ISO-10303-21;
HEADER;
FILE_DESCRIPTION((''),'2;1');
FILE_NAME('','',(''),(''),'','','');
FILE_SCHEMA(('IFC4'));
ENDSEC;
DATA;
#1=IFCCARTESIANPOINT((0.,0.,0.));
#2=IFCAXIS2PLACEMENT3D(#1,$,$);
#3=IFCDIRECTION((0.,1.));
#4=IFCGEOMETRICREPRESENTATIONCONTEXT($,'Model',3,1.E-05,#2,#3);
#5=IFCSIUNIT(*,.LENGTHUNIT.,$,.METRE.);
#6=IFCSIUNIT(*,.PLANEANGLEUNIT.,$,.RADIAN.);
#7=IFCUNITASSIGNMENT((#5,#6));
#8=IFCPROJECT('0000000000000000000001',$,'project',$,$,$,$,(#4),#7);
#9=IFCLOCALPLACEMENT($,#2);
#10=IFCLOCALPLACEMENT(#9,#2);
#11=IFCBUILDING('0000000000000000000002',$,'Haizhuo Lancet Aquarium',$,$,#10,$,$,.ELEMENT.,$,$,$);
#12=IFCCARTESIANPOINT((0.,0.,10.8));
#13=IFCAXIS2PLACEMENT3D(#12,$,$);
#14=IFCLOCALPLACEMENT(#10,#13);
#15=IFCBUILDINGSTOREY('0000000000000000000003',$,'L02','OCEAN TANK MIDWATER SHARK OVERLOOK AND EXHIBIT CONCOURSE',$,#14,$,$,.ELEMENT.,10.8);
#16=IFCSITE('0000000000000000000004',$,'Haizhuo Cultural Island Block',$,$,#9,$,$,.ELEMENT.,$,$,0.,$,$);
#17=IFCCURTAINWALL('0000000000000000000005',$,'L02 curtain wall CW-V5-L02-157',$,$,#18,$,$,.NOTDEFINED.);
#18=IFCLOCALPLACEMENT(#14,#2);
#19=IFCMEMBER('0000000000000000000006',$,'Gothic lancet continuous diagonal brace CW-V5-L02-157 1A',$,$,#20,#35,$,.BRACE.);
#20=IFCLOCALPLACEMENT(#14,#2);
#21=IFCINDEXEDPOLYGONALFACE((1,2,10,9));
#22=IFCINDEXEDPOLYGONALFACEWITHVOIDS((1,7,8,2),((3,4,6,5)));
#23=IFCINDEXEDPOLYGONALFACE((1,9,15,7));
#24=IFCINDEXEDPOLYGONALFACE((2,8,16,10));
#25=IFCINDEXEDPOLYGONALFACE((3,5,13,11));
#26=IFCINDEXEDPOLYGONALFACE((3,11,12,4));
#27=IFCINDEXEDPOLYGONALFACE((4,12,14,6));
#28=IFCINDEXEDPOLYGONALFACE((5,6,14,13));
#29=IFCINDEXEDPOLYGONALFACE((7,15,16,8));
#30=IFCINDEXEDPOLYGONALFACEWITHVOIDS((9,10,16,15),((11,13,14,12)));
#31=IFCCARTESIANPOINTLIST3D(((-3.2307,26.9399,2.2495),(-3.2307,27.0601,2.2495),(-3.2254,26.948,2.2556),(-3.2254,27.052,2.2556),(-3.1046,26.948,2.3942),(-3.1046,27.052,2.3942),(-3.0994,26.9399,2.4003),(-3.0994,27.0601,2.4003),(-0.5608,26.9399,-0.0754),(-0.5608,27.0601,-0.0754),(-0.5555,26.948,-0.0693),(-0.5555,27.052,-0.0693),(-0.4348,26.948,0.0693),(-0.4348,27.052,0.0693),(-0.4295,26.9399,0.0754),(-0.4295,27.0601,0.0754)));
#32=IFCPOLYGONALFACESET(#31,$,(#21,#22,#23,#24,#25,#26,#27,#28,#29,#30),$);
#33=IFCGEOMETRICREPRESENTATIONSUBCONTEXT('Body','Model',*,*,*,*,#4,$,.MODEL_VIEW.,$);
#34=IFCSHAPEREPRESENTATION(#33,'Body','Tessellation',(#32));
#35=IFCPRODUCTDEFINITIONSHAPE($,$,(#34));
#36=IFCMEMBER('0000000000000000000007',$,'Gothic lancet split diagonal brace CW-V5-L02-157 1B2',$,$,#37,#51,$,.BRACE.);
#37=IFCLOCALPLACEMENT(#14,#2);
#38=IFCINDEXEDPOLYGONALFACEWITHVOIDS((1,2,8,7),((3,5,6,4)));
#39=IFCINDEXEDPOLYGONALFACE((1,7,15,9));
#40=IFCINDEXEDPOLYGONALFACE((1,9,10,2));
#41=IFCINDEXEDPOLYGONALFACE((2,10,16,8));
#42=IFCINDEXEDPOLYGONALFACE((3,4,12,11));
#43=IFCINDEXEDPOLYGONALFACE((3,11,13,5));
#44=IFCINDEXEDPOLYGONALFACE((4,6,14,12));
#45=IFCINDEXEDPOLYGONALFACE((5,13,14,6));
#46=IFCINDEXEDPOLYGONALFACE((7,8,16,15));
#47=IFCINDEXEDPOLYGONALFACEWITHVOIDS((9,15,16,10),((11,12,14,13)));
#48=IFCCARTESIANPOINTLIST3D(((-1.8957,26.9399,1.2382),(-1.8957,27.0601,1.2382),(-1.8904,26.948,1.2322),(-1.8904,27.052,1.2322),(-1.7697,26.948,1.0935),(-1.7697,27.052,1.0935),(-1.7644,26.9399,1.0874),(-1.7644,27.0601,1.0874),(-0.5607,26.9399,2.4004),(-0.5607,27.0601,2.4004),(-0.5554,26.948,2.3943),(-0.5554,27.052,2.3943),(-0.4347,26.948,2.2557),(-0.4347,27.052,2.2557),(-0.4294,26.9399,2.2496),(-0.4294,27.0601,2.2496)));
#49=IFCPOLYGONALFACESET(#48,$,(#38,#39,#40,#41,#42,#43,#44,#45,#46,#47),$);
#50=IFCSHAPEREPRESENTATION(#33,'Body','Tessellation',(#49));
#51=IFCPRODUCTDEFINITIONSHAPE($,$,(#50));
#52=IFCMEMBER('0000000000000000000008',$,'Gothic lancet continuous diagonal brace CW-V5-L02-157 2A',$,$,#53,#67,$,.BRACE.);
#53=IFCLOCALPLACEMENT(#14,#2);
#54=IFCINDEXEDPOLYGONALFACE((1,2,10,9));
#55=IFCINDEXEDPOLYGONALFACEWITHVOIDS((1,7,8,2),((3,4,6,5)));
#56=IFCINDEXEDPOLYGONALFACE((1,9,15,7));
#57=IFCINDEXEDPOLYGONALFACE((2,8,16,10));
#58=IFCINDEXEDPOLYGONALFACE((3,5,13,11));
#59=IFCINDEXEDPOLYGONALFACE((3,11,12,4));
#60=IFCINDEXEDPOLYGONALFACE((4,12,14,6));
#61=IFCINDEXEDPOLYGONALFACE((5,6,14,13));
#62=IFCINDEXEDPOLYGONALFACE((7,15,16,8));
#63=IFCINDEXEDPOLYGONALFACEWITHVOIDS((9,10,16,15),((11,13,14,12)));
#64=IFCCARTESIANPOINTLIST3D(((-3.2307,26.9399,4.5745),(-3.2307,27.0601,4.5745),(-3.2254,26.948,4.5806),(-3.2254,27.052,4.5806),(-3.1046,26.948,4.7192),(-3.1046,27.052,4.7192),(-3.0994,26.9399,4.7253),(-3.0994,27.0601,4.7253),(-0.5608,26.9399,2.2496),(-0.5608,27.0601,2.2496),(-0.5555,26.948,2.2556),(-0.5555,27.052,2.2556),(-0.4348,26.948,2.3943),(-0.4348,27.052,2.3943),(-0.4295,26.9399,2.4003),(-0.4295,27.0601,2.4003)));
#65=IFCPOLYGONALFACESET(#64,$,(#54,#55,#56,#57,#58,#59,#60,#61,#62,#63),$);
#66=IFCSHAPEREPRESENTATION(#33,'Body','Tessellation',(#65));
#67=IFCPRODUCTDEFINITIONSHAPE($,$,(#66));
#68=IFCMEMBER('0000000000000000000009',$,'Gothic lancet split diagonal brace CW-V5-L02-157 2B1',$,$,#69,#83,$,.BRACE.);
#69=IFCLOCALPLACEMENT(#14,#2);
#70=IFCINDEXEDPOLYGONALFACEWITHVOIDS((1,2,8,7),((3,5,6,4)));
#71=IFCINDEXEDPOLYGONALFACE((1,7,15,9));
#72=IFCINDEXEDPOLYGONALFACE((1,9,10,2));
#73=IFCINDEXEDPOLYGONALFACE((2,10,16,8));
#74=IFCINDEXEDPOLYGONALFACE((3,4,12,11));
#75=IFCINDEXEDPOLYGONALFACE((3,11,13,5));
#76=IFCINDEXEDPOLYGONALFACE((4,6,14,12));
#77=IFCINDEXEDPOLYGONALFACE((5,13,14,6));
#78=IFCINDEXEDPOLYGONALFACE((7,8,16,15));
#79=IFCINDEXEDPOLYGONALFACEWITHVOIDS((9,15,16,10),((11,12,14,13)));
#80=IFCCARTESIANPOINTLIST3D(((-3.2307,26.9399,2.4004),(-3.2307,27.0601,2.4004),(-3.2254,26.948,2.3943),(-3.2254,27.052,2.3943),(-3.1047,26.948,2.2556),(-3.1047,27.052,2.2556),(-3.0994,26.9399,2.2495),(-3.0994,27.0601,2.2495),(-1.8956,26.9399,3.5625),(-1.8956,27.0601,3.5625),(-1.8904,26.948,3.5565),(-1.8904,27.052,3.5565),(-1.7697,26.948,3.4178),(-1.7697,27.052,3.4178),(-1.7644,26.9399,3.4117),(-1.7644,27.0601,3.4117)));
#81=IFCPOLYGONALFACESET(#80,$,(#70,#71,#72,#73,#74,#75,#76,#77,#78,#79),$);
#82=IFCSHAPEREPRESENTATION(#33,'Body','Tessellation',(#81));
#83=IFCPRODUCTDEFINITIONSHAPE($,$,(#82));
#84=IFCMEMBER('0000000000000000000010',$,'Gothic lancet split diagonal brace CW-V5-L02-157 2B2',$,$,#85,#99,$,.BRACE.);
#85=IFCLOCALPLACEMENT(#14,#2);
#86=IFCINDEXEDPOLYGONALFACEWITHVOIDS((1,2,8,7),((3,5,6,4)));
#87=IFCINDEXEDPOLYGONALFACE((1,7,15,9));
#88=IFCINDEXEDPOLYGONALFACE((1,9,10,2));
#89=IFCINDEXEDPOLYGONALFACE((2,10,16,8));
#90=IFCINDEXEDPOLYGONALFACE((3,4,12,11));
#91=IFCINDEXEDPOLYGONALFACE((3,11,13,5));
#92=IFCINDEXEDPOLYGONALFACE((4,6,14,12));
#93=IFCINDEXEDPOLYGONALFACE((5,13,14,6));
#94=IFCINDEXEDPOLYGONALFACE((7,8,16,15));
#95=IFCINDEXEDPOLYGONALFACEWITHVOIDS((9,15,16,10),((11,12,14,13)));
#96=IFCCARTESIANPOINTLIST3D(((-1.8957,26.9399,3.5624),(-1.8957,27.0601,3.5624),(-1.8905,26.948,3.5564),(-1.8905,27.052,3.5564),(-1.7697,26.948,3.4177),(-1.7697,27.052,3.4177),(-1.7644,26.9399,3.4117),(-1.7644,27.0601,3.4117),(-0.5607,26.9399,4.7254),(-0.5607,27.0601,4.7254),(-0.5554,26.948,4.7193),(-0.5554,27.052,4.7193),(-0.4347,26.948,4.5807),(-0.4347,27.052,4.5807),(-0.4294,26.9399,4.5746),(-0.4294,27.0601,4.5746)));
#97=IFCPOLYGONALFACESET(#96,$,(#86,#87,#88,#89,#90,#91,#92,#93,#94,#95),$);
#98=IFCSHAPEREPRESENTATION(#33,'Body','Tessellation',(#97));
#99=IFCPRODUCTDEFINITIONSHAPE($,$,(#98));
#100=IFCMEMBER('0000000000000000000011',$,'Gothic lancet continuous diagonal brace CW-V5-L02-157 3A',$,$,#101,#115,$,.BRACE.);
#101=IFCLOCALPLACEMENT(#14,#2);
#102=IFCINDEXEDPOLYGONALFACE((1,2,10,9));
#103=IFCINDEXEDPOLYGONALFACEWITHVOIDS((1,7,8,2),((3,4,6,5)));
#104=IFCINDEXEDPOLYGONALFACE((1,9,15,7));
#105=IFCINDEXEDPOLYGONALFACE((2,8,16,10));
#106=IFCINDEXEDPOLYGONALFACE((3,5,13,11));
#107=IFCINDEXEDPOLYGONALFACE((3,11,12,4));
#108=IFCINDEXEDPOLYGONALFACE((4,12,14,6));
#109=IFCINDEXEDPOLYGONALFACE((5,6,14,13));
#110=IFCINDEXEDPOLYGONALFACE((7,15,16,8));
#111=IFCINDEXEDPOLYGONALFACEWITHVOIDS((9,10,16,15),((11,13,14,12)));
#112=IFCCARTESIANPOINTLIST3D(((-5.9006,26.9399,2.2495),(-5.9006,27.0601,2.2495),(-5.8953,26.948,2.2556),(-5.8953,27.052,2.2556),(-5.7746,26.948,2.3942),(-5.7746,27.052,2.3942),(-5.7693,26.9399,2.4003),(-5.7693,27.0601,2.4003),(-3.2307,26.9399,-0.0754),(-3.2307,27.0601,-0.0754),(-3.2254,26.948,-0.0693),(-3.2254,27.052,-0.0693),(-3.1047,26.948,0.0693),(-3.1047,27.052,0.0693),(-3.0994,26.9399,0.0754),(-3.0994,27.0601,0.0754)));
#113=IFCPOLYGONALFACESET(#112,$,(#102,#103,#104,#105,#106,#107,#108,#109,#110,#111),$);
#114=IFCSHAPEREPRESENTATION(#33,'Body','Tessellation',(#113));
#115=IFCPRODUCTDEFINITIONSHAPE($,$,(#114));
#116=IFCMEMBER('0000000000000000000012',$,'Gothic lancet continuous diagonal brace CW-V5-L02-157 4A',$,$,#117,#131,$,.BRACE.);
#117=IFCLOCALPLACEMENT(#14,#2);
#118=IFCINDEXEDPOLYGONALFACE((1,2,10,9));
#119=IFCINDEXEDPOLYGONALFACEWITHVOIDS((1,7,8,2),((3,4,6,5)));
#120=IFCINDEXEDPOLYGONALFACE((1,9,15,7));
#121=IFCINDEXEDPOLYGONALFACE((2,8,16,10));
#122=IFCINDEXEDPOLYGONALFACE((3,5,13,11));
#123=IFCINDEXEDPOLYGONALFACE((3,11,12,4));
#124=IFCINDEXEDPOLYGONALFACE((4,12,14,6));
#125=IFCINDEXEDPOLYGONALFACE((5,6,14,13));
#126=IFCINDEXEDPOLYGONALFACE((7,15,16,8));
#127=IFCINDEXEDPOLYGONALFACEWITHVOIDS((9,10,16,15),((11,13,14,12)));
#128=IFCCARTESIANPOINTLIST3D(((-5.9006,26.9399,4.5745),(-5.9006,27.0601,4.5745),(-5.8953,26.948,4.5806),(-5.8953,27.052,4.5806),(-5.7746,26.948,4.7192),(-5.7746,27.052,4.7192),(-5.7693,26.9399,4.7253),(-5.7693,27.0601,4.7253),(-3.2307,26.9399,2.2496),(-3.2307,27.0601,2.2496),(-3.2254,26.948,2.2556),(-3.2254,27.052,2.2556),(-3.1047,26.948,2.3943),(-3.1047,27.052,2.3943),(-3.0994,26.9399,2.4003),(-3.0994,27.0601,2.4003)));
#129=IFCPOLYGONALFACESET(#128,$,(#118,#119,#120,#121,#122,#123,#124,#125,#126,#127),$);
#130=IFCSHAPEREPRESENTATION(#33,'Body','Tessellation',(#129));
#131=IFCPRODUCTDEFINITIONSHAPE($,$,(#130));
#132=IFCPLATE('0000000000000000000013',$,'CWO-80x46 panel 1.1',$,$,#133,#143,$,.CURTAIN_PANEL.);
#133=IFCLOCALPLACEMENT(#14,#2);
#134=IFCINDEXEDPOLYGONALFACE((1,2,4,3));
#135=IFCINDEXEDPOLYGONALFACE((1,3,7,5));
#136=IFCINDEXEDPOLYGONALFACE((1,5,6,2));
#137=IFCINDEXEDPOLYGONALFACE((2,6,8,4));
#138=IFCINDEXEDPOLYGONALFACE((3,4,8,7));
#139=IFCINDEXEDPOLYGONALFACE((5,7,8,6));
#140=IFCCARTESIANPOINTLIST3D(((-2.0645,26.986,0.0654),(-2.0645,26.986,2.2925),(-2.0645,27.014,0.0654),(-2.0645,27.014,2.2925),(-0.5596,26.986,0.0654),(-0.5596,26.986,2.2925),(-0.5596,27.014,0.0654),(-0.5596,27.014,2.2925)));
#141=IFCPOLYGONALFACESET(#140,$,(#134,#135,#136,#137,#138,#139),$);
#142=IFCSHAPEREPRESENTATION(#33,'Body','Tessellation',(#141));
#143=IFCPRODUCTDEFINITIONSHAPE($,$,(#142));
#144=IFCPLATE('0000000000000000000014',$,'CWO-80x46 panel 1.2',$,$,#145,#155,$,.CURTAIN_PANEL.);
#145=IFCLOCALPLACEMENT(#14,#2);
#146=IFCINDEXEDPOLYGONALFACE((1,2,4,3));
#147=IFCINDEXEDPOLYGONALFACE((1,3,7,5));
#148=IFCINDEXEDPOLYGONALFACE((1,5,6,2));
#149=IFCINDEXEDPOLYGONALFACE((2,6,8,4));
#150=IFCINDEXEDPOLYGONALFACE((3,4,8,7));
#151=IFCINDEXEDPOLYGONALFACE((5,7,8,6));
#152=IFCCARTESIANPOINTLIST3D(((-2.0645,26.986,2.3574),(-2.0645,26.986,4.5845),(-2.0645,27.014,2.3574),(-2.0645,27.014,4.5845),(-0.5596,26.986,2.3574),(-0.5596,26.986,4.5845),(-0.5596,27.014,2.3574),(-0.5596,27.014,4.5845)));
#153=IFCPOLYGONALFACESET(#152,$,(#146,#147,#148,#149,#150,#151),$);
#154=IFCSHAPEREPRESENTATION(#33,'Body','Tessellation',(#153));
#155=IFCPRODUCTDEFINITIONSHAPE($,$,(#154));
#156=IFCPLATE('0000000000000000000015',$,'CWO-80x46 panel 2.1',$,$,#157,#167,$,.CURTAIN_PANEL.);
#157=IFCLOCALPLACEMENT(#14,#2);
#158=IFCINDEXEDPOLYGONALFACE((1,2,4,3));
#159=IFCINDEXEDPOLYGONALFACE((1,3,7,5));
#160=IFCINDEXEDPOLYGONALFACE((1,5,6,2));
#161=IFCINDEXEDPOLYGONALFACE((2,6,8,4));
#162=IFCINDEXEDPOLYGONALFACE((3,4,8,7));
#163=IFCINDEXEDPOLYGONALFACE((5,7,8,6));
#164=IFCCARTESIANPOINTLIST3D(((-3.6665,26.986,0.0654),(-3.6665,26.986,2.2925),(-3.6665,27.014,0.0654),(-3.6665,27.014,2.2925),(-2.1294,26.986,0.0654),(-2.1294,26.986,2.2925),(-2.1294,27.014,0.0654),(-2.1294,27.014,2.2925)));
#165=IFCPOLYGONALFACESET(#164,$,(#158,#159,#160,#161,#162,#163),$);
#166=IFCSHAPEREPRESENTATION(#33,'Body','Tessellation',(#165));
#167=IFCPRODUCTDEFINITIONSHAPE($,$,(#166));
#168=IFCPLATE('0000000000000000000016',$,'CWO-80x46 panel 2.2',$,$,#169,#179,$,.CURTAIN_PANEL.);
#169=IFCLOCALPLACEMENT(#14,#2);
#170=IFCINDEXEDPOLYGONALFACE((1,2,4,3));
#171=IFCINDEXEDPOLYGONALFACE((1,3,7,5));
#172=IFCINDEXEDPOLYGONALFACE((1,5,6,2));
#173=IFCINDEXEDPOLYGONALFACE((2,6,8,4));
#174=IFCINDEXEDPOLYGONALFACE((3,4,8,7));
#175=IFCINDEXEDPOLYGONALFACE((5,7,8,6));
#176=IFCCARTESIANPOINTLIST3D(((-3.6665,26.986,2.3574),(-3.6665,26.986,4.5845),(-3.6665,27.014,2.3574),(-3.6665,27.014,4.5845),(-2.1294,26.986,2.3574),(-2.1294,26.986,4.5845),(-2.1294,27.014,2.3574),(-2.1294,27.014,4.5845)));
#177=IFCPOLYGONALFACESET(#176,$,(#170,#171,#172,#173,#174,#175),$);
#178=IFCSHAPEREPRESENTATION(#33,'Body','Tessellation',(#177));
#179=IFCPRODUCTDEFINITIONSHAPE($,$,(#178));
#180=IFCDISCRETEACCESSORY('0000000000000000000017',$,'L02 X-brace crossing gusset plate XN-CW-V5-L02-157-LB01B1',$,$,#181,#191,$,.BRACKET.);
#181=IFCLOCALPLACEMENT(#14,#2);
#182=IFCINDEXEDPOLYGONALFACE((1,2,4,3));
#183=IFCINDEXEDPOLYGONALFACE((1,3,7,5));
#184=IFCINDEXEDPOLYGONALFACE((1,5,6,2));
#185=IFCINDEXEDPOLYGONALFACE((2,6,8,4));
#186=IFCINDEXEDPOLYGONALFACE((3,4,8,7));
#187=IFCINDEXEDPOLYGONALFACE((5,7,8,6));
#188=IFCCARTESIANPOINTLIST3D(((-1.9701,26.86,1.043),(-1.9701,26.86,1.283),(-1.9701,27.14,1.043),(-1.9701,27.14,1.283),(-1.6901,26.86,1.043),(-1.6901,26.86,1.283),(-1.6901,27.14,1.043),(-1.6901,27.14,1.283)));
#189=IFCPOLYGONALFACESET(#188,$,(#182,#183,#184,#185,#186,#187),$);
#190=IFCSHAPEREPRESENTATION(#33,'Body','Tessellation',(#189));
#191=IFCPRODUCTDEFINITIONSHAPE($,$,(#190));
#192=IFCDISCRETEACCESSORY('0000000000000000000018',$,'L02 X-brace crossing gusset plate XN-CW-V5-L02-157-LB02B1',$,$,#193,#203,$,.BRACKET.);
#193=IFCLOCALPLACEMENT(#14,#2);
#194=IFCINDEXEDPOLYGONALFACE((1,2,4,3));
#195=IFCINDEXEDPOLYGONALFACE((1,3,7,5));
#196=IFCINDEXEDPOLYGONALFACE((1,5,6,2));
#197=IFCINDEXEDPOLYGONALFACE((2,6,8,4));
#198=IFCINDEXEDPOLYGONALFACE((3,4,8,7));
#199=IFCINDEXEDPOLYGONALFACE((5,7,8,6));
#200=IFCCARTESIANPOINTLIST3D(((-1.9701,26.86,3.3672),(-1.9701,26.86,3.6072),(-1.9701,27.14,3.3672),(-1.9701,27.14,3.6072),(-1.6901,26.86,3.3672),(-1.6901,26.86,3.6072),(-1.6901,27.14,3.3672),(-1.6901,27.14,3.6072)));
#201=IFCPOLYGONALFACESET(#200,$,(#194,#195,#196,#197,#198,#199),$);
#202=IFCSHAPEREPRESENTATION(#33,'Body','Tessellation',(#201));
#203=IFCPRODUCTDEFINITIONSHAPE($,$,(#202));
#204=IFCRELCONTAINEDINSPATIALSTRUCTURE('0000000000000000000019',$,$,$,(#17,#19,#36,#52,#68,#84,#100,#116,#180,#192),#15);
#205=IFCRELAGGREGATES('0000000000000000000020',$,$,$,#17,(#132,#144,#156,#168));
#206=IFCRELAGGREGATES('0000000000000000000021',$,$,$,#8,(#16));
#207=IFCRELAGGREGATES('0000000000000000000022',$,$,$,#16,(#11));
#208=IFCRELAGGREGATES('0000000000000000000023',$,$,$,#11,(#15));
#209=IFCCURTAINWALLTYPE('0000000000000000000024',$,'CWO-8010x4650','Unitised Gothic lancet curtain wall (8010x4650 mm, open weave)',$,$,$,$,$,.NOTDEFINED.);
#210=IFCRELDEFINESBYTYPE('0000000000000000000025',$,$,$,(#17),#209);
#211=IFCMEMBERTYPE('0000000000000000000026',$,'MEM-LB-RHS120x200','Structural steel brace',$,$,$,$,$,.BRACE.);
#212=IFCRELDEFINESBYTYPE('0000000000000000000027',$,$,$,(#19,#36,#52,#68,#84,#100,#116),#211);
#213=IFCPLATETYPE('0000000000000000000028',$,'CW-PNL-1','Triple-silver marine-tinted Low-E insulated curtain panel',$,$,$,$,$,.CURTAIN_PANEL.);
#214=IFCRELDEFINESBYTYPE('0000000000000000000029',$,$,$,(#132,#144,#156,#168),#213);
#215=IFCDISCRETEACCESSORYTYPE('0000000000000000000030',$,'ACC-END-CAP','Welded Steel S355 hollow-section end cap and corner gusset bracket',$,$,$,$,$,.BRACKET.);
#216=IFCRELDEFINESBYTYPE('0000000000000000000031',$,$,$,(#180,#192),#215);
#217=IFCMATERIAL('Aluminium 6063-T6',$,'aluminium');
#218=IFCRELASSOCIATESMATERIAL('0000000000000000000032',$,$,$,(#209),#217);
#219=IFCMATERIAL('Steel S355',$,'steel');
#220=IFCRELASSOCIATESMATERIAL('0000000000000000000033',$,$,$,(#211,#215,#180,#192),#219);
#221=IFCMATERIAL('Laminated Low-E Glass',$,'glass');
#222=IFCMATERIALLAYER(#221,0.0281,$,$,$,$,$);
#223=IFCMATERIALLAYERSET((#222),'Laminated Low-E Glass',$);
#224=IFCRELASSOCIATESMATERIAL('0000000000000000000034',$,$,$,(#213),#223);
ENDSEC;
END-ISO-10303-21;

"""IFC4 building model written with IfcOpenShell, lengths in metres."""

from ifc_helpers import new_model, si_unit, direction, frame, origin, origin_2d, place, context, subcontext, project, spatial, rectangle, hollow_rectangle, extrude, material, layer, layer_set, material_profile, profile_set, type_object, element, aggregate, save


model = new_model("IFC4")

# Units and contexts
model_context = context("Model", 3, precision=1e-05, world=origin(), true_north=direction((0.0, 1.0)))
body_context = subcontext(model_context, "Body", "Model", "MODEL_VIEW")
ifc_project = project(units=[si_unit("LENGTHUNIT", "METRE"), si_unit("PLANEANGLEUNIT", "RADIAN")], contexts=[model_context])

# Site, building, storey
site_placement = place(None, origin())
site = spatial("IfcSite", under=ifc_project, at=site_placement, Name="Haizhuo Cultural Island Block", CompositionType="ELEMENT", RefElevation=0.0)
building_placement = place(site_placement, origin())
building = spatial("IfcBuilding", under=site, at=building_placement, Name="Haizhuo Lancet Aquarium", CompositionType="ELEMENT")
storey_placement = place(building_placement, frame((0.0, 0.0, 10.8)))
storey = spatial("IfcBuildingStorey", under=building, at=storey_placement, Name="L02", Description="OCEAN TANK MIDWATER SHARK OVERLOOK AND EXHIBIT CONCOURSE", CompositionType="ELEMENT", Elevation=10.8)

# Curtain wall
ifc_material_1 = material(Name="Aluminium 6063-T6", Category="aluminium")
curtain_wall_type = type_object("IfcCurtainWallType", Name="CWO-8010x4650", Description="Unitised Gothic lancet curtain wall (8010x4650 mm, open weave)", PredefinedType="NOTDEFINED", material=ifc_material_1)
curtain_wall_placement = place(storey_placement, origin())
curtain_wall = element("IfcCurtainWall", 1, at=curtain_wall_placement, inside=storey, type_object=curtain_wall_type, Name="L02 curtain wall CW-V5-L02-157", PredefinedType="NOTDEFINED")

# Members
ifc_material_2 = material(Name="Steel S355", Category="steel")
ifc_material_profile_1 = material_profile(ifc_material_2, hollow_rectangle(XDim=0.1201, YDim=0.2, WallThickness=0.0081, at=origin_2d()), Name="RHS 120x200x8")
ifc_profile_set_1 = profile_set([ifc_material_profile_1], Name="Steel S355")
member_type_1 = type_object("IfcMemberType", Name="MEM-LB-RHS120x200", Description="Structural steel brace", PredefinedType="BRACE", material=ifc_profile_set_1)
member_1_placement = place(storey_placement, frame((-0.4951, 27.0, 0.0), z_axis=(-0.754147, 0.0, 0.656706), x_axis=(0.0, -1.0, 0.0)))
element("IfcMember", 2, at=member_1_placement, inside=storey, type_object=member_type_1, Name="Gothic lancet continuous diagonal brace CW-V5-L02-157 1A", PredefinedType="BRACE", context=body_context, shape_type="SweptSolid", body=[
    extrude(hollow_rectangle(XDim=0.1201, YDim=0.2, WallThickness=0.0081, at=origin_2d()), origin(), (0.0, 0.0, 1.0), 3.5403),
])
member_2_placement = place(storey_placement, frame((-1.8301, 27.0, 1.1628), z_axis=(0.754249, 0.0, 0.656588), x_axis=(0.0, 1.0, 0.0)))
element("IfcMember", 3, at=member_2_placement, inside=storey, type_object=member_type_1, Name="Gothic lancet split diagonal brace CW-V5-L02-157 1B2", PredefinedType="BRACE", context=body_context, shape_type="SweptSolid", body=[
    extrude(hollow_rectangle(XDim=0.1201, YDim=0.2, WallThickness=0.0081, at=origin_2d()), origin(), (0.0, 0.0, 1.0), 1.77),
])
member_3_placement = place(storey_placement, frame((-0.4951, 27.0, 2.325), z_axis=(-0.754147, 0.0, 0.656706), x_axis=(0.0, -1.0, 0.0)))
element("IfcMember", 4, at=member_3_placement, inside=storey, type_object=member_type_1, Name="Gothic lancet continuous diagonal brace CW-V5-L02-157 2A", PredefinedType="BRACE", context=body_context, shape_type="SweptSolid", body=[
    extrude(hollow_rectangle(XDim=0.1201, YDim=0.2, WallThickness=0.0081, at=origin_2d()), origin(), (0.0, 0.0, 1.0), 3.5403),
])
member_4_placement = place(storey_placement, frame((-3.165, 27.0, 2.325), z_axis=(0.754249, 0.0, 0.656588), x_axis=(0.0, 1.0, 0.0)))
element("IfcMember", 5, at=member_4_placement, inside=storey, type_object=member_type_1, Name="Gothic lancet split diagonal brace CW-V5-L02-157 2B1", PredefinedType="BRACE", context=body_context, shape_type="SweptSolid", body=[
    extrude(hollow_rectangle(XDim=0.1201, YDim=0.2, WallThickness=0.0081, at=origin_2d()), origin(), (0.0, 0.0, 1.0), 1.77),
])
member_5_placement = place(storey_placement, frame((-1.8301, 27.0, 3.4871), z_axis=(0.754044, 0.0, 0.656824), x_axis=(0.0, 1.0, 0.0)))
element("IfcMember", 6, at=member_5_placement, inside=storey, type_object=member_type_1, Name="Gothic lancet split diagonal brace CW-V5-L02-157 2B2", PredefinedType="BRACE", context=body_context, shape_type="SweptSolid", body=[
    extrude(hollow_rectangle(XDim=0.1201, YDim=0.2, WallThickness=0.0081, at=origin_2d()), origin(), (0.0, 0.0, 1.0), 1.7705),
])
for number, where, z_axis, x_axis, name in (
    (7, (-3.165, 27.0, 0.0), (-0.754147, 0.0, 0.656706), (0.0, -1.0, 0.0), "Gothic lancet continuous diagonal brace CW-V5-L02-157 3A"),
    (8, (-3.165, 27.0, 2.325), (-0.754147, 0.0, 0.656706), (0.0, -1.0, 0.0), "Gothic lancet continuous diagonal brace CW-V5-L02-157 4A"),
):
    element("IfcMember", number, at=place(storey_placement, frame(where, z_axis=z_axis, x_axis=x_axis)), inside=storey, type_object=member_type_1, Name=name, PredefinedType="BRACE", context=body_context, shape_type="SweptSolid", body=[
        extrude(hollow_rectangle(XDim=0.1201, YDim=0.2, WallThickness=0.0081, at=origin_2d()), origin(), (0.0, 0.0, 1.0), 3.5403),
    ])

# Plates
ifc_material_3 = material(Name="Laminated Low-E Glass", Category="glass")
ifc_layer = layer(ifc_material_3, 0.0281)
ifc_layer_set = layer_set([ifc_layer], Name="Laminated Low-E Glass")
plate_type = type_object("IfcPlateType", Name="CW-PNL-1", Description="Triple-silver marine-tinted Low-E insulated curtain panel", PredefinedType="CURTAIN_PANEL", material=ifc_layer_set)
plate_1_placement = place(storey_placement, frame((-1.312, 27.0, 0.0654), z_axis=(0.0, 0.0, 1.0), x_axis=(-1.0, 0.0, 0.0)))
plate_1 = element("IfcPlate", 9, at=plate_1_placement, type_object=plate_type, Name="CWO-80x46 panel 1.1", PredefinedType="CURTAIN_PANEL", context=body_context, shape_type="SweptSolid", body=[
    extrude(rectangle(XDim=1.5049, YDim=0.0281, at=origin_2d()), origin(), (0.0, 0.0, 1.0), 2.2271),
])
plate_2_placement = place(storey_placement, frame((-1.312, 27.0, 2.3574), z_axis=(0.0, 0.0, 1.0), x_axis=(-1.0, 0.0, 0.0)))
plate_2 = element("IfcPlate", 10, at=plate_2_placement, type_object=plate_type, Name="CWO-80x46 panel 1.2", PredefinedType="CURTAIN_PANEL", context=body_context, shape_type="SweptSolid", body=[
    extrude(rectangle(XDim=1.5049, YDim=0.0281, at=origin_2d()), origin(), (0.0, 0.0, 1.0), 2.2271),
])
plate_3_placement = place(storey_placement, frame((-2.8979, 27.0, 0.0654), z_axis=(0.0, 0.0, 1.0), x_axis=(-1.0, 0.0, 0.0)))
plate_3 = element("IfcPlate", 11, at=plate_3_placement, type_object=plate_type, Name="CWO-80x46 panel 2.1", PredefinedType="CURTAIN_PANEL", context=body_context, shape_type="SweptSolid", body=[
    extrude(rectangle(XDim=1.5371, YDim=0.0281, at=origin_2d()), origin(), (0.0, 0.0, 1.0), 2.2271),
])
plate_4_placement = place(storey_placement, frame((-2.8979, 27.0, 2.3574), z_axis=(0.0, 0.0, 1.0), x_axis=(-1.0, 0.0, 0.0)))
plate_4 = element("IfcPlate", 12, at=plate_4_placement, type_object=plate_type, Name="CWO-80x46 panel 2.2", PredefinedType="CURTAIN_PANEL", context=body_context, shape_type="SweptSolid", body=[
    extrude(rectangle(XDim=1.5371, YDim=0.0281, at=origin_2d()), origin(), (0.0, 0.0, 1.0), 2.2271),
])
aggregate(curtain_wall, [plate_1, plate_2, plate_3, plate_4])

# Discrete accessories
discrete_accessory_type = type_object("IfcDiscreteAccessoryType", Name="ACC-END-CAP", Description="Welded Steel S355 hollow-section end cap and corner gusset bracket", PredefinedType="BRACKET", material=ifc_material_2)
for number, where, z_axis, x_axis, name in (
    (13, (-1.8301, 27.0, 1.043), (0.0, 0.0, 1.0), (1.0, 0.0, 0.0), "L02 X-brace crossing gusset plate XN-CW-V5-L02-157-LB01B1"),
    (14, (-1.8301, 27.0, 3.3672), (0.0, 0.0, 1.0), (1.0, 0.0, 0.0), "L02 X-brace crossing gusset plate XN-CW-V5-L02-157-LB02B1"),
):
    element("IfcDiscreteAccessory", number, at=place(storey_placement, frame(where, z_axis=z_axis, x_axis=x_axis)), inside=storey, type_object=discrete_accessory_type, material=ifc_material_2, Name=name, PredefinedType="BRACKET", context=body_context, shape_type="SweptSolid", body=[
        extrude(rectangle(XDim=0.28, YDim=0.28, at=origin_2d()), origin(), (0.0, 0.0, 1.0), 0.24),
    ])

save(model, "model.ifc")
